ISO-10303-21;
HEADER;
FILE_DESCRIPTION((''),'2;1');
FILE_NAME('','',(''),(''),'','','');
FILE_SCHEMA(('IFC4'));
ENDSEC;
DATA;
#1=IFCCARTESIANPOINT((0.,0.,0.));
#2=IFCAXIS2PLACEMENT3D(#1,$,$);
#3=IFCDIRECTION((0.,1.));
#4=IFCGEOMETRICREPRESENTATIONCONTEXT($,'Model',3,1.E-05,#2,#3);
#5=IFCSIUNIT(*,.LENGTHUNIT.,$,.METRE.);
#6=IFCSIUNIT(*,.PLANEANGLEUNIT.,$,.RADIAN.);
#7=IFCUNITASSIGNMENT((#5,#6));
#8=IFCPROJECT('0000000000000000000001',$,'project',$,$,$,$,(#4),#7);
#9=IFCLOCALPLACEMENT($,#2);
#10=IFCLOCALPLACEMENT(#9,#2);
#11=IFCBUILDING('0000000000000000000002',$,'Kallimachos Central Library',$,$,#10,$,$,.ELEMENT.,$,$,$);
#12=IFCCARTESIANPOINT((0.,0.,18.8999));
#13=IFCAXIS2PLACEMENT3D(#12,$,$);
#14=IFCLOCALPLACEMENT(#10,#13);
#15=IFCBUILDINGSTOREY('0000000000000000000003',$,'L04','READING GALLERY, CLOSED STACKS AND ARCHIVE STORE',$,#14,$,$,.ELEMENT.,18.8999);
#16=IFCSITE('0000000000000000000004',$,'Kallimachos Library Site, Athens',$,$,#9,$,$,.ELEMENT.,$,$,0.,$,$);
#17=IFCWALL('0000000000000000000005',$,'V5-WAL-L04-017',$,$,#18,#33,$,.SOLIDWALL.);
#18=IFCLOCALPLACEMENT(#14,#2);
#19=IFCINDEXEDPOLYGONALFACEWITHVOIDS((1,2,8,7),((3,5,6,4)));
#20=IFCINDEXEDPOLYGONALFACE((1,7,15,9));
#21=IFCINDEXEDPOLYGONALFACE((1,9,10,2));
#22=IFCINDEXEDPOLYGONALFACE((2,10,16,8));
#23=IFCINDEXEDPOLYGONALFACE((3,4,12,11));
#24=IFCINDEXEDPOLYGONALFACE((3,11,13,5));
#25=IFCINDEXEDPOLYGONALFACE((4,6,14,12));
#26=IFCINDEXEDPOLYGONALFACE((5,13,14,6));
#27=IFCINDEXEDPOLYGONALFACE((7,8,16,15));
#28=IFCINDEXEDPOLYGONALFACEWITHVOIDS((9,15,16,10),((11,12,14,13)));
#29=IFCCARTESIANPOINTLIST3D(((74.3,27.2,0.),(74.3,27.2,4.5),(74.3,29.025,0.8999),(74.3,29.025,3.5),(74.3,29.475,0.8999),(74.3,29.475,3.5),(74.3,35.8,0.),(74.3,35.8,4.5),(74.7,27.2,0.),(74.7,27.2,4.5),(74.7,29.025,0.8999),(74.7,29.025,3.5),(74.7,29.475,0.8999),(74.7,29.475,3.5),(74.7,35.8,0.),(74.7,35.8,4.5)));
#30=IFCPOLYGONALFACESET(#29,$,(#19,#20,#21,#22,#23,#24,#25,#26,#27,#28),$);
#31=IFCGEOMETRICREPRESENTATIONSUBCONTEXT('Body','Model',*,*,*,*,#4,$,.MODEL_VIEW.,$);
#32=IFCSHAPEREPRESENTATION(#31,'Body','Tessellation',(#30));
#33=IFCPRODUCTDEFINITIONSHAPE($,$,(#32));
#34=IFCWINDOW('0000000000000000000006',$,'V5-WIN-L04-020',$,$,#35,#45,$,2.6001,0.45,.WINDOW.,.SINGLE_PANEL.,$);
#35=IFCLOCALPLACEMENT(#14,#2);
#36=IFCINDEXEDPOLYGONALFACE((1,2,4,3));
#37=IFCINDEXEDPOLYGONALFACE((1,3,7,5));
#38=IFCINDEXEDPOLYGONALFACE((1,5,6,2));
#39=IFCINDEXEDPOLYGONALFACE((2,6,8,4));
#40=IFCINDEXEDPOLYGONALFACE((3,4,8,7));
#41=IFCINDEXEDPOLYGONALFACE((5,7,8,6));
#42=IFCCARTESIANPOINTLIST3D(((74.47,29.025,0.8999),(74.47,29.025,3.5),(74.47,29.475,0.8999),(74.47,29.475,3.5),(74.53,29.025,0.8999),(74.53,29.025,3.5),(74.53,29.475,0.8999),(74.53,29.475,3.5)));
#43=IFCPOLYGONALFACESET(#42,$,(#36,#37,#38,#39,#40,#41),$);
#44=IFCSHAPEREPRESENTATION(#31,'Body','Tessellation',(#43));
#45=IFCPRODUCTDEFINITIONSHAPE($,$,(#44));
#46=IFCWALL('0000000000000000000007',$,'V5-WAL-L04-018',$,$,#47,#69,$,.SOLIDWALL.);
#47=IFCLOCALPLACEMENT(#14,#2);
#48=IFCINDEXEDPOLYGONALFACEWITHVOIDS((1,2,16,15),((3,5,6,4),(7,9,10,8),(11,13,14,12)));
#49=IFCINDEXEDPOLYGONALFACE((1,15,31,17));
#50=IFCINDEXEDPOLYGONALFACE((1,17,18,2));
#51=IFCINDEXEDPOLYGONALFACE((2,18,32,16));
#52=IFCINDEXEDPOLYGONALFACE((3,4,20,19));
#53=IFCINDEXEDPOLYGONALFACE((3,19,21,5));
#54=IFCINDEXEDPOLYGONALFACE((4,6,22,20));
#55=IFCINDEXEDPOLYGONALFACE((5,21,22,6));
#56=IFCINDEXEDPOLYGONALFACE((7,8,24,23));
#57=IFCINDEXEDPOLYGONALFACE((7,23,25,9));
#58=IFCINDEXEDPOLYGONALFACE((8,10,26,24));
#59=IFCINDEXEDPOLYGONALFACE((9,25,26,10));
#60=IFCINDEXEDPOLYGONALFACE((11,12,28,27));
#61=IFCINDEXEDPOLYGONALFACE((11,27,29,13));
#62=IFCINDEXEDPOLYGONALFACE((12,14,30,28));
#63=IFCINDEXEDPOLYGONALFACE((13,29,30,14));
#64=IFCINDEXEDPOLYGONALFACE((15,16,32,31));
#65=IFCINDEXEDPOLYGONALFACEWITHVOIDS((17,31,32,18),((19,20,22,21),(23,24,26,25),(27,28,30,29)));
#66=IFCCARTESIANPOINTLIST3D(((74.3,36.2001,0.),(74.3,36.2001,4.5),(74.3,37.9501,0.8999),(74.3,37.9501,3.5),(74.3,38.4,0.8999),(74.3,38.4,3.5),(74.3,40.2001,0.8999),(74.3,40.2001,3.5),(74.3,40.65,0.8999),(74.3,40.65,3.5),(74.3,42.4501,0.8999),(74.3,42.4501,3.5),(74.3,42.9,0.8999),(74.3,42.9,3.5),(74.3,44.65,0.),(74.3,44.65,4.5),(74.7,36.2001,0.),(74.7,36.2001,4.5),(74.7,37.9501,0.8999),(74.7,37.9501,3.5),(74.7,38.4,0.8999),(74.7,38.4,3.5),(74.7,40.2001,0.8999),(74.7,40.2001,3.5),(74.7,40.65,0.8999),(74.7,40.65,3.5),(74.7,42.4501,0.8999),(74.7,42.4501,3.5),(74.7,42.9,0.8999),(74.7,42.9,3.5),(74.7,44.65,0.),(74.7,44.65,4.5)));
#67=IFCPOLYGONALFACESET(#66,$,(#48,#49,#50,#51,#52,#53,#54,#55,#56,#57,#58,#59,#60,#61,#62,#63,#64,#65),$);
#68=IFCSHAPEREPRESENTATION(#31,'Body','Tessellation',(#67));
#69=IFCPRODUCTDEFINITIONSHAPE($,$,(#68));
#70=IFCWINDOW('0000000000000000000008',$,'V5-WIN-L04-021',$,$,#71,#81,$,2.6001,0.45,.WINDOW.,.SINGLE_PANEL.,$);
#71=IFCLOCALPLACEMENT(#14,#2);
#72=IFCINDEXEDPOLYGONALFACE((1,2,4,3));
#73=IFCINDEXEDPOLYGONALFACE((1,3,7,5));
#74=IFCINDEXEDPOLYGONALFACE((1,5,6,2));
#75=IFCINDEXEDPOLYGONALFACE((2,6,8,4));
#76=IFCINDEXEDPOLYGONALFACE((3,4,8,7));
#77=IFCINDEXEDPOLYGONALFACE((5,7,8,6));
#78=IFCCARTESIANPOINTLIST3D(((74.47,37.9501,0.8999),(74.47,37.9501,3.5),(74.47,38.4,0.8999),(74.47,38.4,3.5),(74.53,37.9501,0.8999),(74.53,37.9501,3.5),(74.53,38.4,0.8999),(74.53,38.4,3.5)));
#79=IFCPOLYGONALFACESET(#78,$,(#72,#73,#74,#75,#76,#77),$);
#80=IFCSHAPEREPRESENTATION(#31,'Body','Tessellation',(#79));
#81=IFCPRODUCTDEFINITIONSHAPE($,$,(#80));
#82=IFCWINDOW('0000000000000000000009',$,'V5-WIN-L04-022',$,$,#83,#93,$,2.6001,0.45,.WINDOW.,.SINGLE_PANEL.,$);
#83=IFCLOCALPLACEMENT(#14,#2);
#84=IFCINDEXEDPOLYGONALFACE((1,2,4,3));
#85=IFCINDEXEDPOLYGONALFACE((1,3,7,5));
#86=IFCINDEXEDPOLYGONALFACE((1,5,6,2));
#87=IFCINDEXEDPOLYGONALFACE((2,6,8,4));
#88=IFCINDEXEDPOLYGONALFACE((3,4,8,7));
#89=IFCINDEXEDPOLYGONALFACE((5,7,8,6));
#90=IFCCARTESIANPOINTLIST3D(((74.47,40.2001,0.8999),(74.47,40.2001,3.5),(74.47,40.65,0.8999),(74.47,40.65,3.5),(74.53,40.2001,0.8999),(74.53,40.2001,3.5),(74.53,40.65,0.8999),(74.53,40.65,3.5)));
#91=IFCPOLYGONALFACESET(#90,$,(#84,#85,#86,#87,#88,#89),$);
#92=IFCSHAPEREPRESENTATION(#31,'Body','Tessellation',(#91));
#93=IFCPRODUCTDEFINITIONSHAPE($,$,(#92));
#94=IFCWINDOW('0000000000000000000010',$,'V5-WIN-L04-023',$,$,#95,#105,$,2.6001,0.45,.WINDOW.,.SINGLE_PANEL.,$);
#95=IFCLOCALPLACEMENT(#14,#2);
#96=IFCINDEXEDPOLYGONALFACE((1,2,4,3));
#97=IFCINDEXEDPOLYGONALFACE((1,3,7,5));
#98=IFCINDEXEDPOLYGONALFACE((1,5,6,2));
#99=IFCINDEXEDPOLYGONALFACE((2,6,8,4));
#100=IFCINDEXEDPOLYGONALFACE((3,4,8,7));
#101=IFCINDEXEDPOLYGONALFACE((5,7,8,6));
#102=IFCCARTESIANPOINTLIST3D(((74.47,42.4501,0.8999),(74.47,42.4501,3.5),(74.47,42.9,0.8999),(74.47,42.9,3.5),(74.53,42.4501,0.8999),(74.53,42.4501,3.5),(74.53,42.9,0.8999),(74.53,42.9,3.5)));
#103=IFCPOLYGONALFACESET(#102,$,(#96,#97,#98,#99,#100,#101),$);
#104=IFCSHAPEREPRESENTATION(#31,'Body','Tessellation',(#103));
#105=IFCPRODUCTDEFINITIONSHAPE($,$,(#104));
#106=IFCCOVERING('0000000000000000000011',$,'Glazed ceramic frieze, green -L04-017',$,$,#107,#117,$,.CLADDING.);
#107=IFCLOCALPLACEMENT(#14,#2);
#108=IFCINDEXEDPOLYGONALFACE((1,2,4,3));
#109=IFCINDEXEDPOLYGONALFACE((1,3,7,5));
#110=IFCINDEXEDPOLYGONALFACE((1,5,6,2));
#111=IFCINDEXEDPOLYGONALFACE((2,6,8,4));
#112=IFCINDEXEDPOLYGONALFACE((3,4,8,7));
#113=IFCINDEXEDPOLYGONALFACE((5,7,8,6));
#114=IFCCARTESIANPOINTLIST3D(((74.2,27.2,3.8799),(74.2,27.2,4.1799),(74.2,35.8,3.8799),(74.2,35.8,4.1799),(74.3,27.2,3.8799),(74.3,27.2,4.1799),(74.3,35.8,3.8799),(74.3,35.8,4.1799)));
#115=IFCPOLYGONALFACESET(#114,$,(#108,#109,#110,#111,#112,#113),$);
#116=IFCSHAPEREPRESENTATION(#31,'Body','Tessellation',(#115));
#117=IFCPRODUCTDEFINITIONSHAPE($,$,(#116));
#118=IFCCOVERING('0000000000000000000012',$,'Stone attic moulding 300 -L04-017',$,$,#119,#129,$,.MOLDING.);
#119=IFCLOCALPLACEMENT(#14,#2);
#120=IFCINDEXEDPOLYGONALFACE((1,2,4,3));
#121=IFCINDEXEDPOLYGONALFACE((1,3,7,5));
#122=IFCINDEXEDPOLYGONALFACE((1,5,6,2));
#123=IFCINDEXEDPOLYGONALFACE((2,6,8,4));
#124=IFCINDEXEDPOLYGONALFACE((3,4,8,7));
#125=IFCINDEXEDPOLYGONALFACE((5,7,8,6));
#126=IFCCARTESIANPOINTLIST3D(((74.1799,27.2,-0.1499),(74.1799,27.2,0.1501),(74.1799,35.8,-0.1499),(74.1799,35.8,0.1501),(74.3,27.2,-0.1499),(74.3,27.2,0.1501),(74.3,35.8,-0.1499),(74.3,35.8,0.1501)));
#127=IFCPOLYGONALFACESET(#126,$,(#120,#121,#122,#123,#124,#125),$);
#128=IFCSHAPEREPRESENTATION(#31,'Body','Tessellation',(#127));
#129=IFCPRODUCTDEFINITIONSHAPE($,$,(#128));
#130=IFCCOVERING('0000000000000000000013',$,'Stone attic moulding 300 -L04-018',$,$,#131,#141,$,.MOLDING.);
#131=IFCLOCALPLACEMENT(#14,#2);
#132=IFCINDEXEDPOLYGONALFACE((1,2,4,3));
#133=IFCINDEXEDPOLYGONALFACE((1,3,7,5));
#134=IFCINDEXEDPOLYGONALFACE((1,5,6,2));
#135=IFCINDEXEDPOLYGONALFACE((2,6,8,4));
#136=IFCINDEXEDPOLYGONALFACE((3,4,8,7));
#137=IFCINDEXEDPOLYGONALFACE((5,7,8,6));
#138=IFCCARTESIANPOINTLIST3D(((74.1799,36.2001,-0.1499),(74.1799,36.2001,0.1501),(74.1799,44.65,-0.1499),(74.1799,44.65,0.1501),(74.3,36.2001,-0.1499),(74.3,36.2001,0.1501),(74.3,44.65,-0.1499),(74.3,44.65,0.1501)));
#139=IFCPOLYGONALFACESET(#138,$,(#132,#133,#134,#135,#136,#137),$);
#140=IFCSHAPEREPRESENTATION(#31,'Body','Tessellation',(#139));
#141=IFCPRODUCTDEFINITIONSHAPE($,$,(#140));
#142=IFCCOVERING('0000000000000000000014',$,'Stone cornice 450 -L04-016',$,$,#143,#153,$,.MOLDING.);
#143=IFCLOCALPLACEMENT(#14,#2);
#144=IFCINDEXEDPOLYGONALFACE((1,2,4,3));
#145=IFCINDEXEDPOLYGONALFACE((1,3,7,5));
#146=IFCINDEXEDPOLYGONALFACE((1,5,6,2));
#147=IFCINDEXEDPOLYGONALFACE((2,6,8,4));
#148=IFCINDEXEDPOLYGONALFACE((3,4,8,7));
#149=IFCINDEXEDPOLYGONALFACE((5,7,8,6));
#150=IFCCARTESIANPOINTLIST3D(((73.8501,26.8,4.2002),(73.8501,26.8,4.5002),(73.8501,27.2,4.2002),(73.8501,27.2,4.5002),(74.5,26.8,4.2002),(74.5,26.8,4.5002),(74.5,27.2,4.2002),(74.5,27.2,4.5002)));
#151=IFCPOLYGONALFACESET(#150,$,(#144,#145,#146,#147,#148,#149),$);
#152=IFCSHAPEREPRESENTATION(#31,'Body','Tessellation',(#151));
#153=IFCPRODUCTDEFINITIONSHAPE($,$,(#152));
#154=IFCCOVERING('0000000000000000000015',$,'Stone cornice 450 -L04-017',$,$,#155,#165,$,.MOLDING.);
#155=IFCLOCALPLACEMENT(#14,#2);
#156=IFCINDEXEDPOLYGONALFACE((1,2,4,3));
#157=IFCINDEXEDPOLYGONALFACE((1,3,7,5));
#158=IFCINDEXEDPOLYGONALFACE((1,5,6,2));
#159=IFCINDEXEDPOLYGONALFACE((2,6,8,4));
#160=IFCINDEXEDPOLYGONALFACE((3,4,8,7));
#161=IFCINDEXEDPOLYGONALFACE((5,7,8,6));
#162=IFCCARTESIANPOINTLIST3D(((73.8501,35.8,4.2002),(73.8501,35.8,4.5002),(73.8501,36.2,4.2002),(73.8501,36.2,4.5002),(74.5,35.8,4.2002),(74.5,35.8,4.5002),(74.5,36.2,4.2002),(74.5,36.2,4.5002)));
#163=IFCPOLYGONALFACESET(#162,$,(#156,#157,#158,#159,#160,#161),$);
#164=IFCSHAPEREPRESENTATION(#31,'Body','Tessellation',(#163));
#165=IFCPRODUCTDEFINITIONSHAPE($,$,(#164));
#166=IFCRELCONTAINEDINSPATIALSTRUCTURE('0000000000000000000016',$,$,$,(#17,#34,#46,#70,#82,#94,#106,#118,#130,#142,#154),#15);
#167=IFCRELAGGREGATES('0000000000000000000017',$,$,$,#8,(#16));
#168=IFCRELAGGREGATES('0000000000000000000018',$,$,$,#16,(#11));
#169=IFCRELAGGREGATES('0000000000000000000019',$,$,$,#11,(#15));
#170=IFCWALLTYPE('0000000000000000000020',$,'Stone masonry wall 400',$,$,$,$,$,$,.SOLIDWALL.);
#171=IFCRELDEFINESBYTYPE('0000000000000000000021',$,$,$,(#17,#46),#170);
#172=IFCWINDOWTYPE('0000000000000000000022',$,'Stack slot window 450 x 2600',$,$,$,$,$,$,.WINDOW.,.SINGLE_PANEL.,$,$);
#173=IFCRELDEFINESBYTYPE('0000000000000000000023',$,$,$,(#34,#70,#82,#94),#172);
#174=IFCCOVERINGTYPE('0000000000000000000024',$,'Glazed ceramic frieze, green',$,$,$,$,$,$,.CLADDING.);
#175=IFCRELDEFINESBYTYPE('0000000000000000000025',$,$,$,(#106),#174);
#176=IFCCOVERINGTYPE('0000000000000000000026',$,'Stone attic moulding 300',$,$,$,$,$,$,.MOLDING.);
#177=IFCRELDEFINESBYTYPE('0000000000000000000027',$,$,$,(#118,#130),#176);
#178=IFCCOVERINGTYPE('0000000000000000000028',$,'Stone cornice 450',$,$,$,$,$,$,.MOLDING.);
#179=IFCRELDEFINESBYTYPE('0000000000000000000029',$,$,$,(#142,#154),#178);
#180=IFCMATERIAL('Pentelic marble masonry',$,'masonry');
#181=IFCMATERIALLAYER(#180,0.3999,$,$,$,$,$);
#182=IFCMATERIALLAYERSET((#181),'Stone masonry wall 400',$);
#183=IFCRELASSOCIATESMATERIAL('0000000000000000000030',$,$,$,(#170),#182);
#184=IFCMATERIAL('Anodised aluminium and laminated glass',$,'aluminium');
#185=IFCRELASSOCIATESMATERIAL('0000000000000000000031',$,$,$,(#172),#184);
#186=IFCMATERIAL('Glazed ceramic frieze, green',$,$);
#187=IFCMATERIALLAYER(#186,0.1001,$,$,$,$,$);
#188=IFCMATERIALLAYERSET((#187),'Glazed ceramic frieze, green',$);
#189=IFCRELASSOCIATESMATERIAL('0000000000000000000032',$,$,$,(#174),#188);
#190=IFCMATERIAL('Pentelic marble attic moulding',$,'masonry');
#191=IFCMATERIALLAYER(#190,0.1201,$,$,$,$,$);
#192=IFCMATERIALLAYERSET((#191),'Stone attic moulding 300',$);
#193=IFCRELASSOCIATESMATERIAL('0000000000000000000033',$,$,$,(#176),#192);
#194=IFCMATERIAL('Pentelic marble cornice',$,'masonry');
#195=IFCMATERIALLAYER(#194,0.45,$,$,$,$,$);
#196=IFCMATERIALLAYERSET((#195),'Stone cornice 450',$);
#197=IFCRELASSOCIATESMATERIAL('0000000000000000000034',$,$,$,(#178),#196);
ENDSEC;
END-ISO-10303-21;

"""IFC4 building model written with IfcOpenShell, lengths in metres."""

from ifc_helpers import new_model, si_unit, direction, frame, frame_2d, origin, origin_2d, place, context, subcontext, project, spatial, rectangle, extrude, material, layer, layer_set, type_object, element, fill, save


model = new_model("IFC4")

# Units and contexts
model_context = context("Model", 3, precision=1e-05, world=origin(), true_north=direction((0.0, 1.0)))
body_context = subcontext(model_context, "Body", "Model", "MODEL_VIEW")
ifc_project = project(units=[si_unit("LENGTHUNIT", "METRE"), si_unit("PLANEANGLEUNIT", "RADIAN")], contexts=[model_context])

# Site, building, storey
site_placement = place(None, origin())
site = spatial("IfcSite", under=ifc_project, at=site_placement, Name="Kallimachos Library Site, Athens", CompositionType="ELEMENT", RefElevation=0.0)
building_placement = place(site_placement, origin())
building = spatial("IfcBuilding", under=site, at=building_placement, Name="Kallimachos Central Library", CompositionType="ELEMENT")
storey_placement = place(building_placement, frame((0.0, 0.0, 18.8999)))
storey = spatial("IfcBuildingStorey", under=building, at=storey_placement, Name="L04", Description="READING GALLERY, CLOSED STACKS AND ARCHIVE STORE", CompositionType="ELEMENT", Elevation=18.8999)

# Wall, opening, window
ifc_material_1 = material(Name="Pentelic marble masonry", Category="masonry")
ifc_layer_1 = layer(ifc_material_1, 0.3999)
ifc_layer_set_1 = layer_set([ifc_layer_1], Name="Stone masonry wall 400")
wall_type_1 = type_object("IfcWallType", Name="Stone masonry wall 400", PredefinedType="SOLIDWALL", material=ifc_layer_set_1)
wall_1_placement = place(storey_placement, frame((74.5, 27.2, 0.0), z_axis=(0.0, 0.0, 1.0), x_axis=(0.0, 1.0, 0.0)))
wall_1 = element("IfcWall", 1, at=wall_1_placement, inside=storey, type_object=wall_type_1, Name="V5-WAL-L04-017", PredefinedType="SOLIDWALL", context=body_context, shape_type="SweptSolid", body=[
    extrude(rectangle(XDim=8.6001, YDim=0.3999, at=frame_2d((4.3, 0.0))), origin(), (0.0, 0.0, 1.0), 4.5),
])
opening_1_placement = place(wall_1_placement, frame((1.825, 0.0, 0.8999)))
opening_1 = element("IfcOpeningElement", 2, at=opening_1_placement, cuts=wall_1, PredefinedType="OPENING", context=body_context, shape_type="SweptSolid", body=[
    extrude(rectangle(XDim=0.45, YDim=2.6001, at=frame_2d((0.2251, 1.3))), frame((0.0, 0.21, 0.0), z_axis=(0.0, -1.0, 0.0), x_axis=(1.0, 0.0, 0.0)), (0.0, 0.0, 1.0), 0.4199),
])
ifc_material_2 = material(Name="Anodised aluminium and laminated glass", Category="aluminium")
window_type = type_object("IfcWindowType", Name="Stack slot window 450 x 2600", PartitioningType="SINGLE_PANEL", PredefinedType="WINDOW", material=ifc_material_2)
window_1_placement = place(opening_1_placement, origin())
window_1 = element("IfcWindow", 3, at=window_1_placement, inside=storey, type_object=window_type, Name="V5-WIN-L04-020", OverallHeight=2.6001, OverallWidth=0.45, PartitioningType="SINGLE_PANEL", PredefinedType="WINDOW", context=body_context, shape_type="SweptSolid", body=[
    extrude(rectangle(XDim=0.45, YDim=2.6001, at=frame_2d((0.2251, 1.3))), frame((0.0, 0.03, 0.0), z_axis=(0.0, -1.0, 0.0), x_axis=(1.0, 0.0, 0.0)), (0.0, 0.0, 1.0), 0.0601),
])
fill(opening_1, window_1)

# Wall, openings, windows
wall_2_placement = place(storey_placement, frame((74.5, 36.2, 0.0), z_axis=(0.0, 0.0, 1.0), x_axis=(0.0, 1.0, 0.0)))
wall_2 = element("IfcWall", 4, at=wall_2_placement, inside=storey, type_object=wall_type_1, Name="V5-WAL-L04-018", PredefinedType="SOLIDWALL", context=body_context, shape_type="SweptSolid", body=[
    extrude(rectangle(XDim=8.45, YDim=0.3999, at=frame_2d((4.2251, 0.0))), origin(), (0.0, 0.0, 1.0), 4.5),
])
opening_2_placement = place(wall_2_placement, frame((1.75, 0.0, 0.8999)))
opening_2 = element("IfcOpeningElement", 5, at=opening_2_placement, cuts=wall_2, PredefinedType="OPENING", context=body_context, shape_type="SweptSolid", body=[
    extrude(rectangle(XDim=0.45, YDim=2.6001, at=frame_2d((0.2251, 1.3))), frame((0.0, 0.21, 0.0), z_axis=(0.0, -1.0, 0.0), x_axis=(1.0, 0.0, 0.0)), (0.0, 0.0, 1.0), 0.4199),
])
opening_3_placement = place(wall_2_placement, frame((4.0, 0.0, 0.8999)))
opening_3 = element("IfcOpeningElement", 6, at=opening_3_placement, cuts=wall_2, PredefinedType="OPENING", context=body_context, shape_type="SweptSolid", body=[
    extrude(rectangle(XDim=0.45, YDim=2.6001, at=frame_2d((0.2251, 1.3))), frame((0.0, 0.21, 0.0), z_axis=(0.0, -1.0, 0.0), x_axis=(1.0, 0.0, 0.0)), (0.0, 0.0, 1.0), 0.4199),
])
opening_4_placement = place(wall_2_placement, frame((6.25, 0.0, 0.8999)))
opening_4 = element("IfcOpeningElement", 7, at=opening_4_placement, cuts=wall_2, PredefinedType="OPENING", context=body_context, shape_type="SweptSolid", body=[
    extrude(rectangle(XDim=0.45, YDim=2.6001, at=frame_2d((0.2251, 1.3))), frame((0.0, 0.21, 0.0), z_axis=(0.0, -1.0, 0.0), x_axis=(1.0, 0.0, 0.0)), (0.0, 0.0, 1.0), 0.4199),
])
window_2_placement = place(opening_2_placement, origin())
window_2 = element("IfcWindow", 8, at=window_2_placement, inside=storey, type_object=window_type, Name="V5-WIN-L04-021", OverallHeight=2.6001, OverallWidth=0.45, PartitioningType="SINGLE_PANEL", PredefinedType="WINDOW", context=body_context, shape_type="SweptSolid", body=[
    extrude(rectangle(XDim=0.45, YDim=2.6001, at=frame_2d((0.2251, 1.3))), frame((0.0, 0.03, 0.0), z_axis=(0.0, -1.0, 0.0), x_axis=(1.0, 0.0, 0.0)), (0.0, 0.0, 1.0), 0.0601),
])
fill(opening_2, window_2)
window_3_placement = place(opening_3_placement, origin())
window_3 = element("IfcWindow", 9, at=window_3_placement, inside=storey, type_object=window_type, Name="V5-WIN-L04-022", OverallHeight=2.6001, OverallWidth=0.45, PartitioningType="SINGLE_PANEL", PredefinedType="WINDOW", context=body_context, shape_type="SweptSolid", body=[
    extrude(rectangle(XDim=0.45, YDim=2.6001, at=frame_2d((0.2251, 1.3))), frame((0.0, 0.03, 0.0), z_axis=(0.0, -1.0, 0.0), x_axis=(1.0, 0.0, 0.0)), (0.0, 0.0, 1.0), 0.0601),
])
fill(opening_3, window_3)
window_4_placement = place(opening_4_placement, origin())
window_4 = element("IfcWindow", 10, at=window_4_placement, inside=storey, type_object=window_type, Name="V5-WIN-L04-023", OverallHeight=2.6001, OverallWidth=0.45, PartitioningType="SINGLE_PANEL", PredefinedType="WINDOW", context=body_context, shape_type="SweptSolid", body=[
    extrude(rectangle(XDim=0.45, YDim=2.6001, at=frame_2d((0.2251, 1.3))), frame((0.0, 0.03, 0.0), z_axis=(0.0, -1.0, 0.0), x_axis=(1.0, 0.0, 0.0)), (0.0, 0.0, 1.0), 0.0601),
])
fill(opening_4, window_4)

# Coverings
ifc_material_3 = material(Name="Glazed ceramic frieze, green")
ifc_layer_2 = layer(ifc_material_3, 0.1001)
ifc_layer_set_2 = layer_set([ifc_layer_2], Name="Glazed ceramic frieze, green")
covering_type_1 = type_object("IfcCoveringType", Name="Glazed ceramic frieze, green", PredefinedType="CLADDING", material=ifc_layer_set_2)
covering_1_placement = place(storey_placement, frame((74.25, 31.5, 3.8799), z_axis=(0.0, 0.0, 1.0), x_axis=(1.0, 0.0, 0.0)))
element("IfcCovering", 11, at=covering_1_placement, inside=storey, type_object=covering_type_1, Name="Glazed ceramic frieze, green -L04-017", PredefinedType="CLADDING", context=body_context, shape_type="SweptSolid", body=[
    extrude(rectangle(XDim=0.1001, YDim=8.6001, at=origin_2d()), origin(), (0.0, 0.0, 1.0), 0.3),
])
ifc_material_4 = material(Name="Pentelic marble attic moulding", Category="masonry")
ifc_layer_3 = layer(ifc_material_4, 0.1201)
ifc_layer_set_3 = layer_set([ifc_layer_3], Name="Stone attic moulding 300")
covering_type_2 = type_object("IfcCoveringType", Name="Stone attic moulding 300", PredefinedType="MOLDING", material=ifc_layer_set_3)
covering_2_placement = place(storey_placement, frame((74.24, 31.5, -0.1499), z_axis=(0.0, 0.0, 1.0), x_axis=(1.0, 0.0, 0.0)))
element("IfcCovering", 12, at=covering_2_placement, inside=storey, type_object=covering_type_2, Name="Stone attic moulding 300 -L04-017", PredefinedType="MOLDING", context=body_context, shape_type="SweptSolid", body=[
    extrude(rectangle(XDim=0.1201, YDim=8.6001, at=origin_2d()), origin(), (0.0, 0.0, 1.0), 0.3),
])
covering_3_placement = place(storey_placement, frame((74.24, 40.425, -0.1499), z_axis=(0.0, 0.0, 1.0), x_axis=(1.0, 0.0, 0.0)))
element("IfcCovering", 13, at=covering_3_placement, inside=storey, type_object=covering_type_2, Name="Stone attic moulding 300 -L04-018", PredefinedType="MOLDING", context=body_context, shape_type="SweptSolid", body=[
    extrude(rectangle(XDim=0.1201, YDim=8.45, at=origin_2d()), origin(), (0.0, 0.0, 1.0), 0.3),
])
ifc_material_5 = material(Name="Pentelic marble cornice", Category="masonry")
ifc_layer_4 = layer(ifc_material_5, 0.45)
ifc_layer_set_4 = layer_set([ifc_layer_4], Name="Stone cornice 450")
covering_type_3 = type_object("IfcCoveringType", Name="Stone cornice 450", PredefinedType="MOLDING", material=ifc_layer_set_4)
for number, where, z_axis, x_axis, name in (
    (14, (74.175, 27.0, 4.2002), (0.0, 0.0, 1.0), (1.0, 0.0, 0.0), "Stone cornice 450 -L04-016"),
    (15, (74.175, 36.0, 4.2002), (0.0, 0.0, 1.0), (1.0, 0.0, 0.0), "Stone cornice 450 -L04-017"),
):
    element("IfcCovering", number, at=place(storey_placement, frame(where, z_axis=z_axis, x_axis=x_axis)), inside=storey, type_object=covering_type_3, Name=name, PredefinedType="MOLDING", context=body_context, shape_type="SweptSolid", body=[
        extrude(rectangle(XDim=0.6499, YDim=0.3999, at=origin_2d()), origin(), (0.0, 0.0, 1.0), 0.3),
    ])

save(model, "model.ifc")
